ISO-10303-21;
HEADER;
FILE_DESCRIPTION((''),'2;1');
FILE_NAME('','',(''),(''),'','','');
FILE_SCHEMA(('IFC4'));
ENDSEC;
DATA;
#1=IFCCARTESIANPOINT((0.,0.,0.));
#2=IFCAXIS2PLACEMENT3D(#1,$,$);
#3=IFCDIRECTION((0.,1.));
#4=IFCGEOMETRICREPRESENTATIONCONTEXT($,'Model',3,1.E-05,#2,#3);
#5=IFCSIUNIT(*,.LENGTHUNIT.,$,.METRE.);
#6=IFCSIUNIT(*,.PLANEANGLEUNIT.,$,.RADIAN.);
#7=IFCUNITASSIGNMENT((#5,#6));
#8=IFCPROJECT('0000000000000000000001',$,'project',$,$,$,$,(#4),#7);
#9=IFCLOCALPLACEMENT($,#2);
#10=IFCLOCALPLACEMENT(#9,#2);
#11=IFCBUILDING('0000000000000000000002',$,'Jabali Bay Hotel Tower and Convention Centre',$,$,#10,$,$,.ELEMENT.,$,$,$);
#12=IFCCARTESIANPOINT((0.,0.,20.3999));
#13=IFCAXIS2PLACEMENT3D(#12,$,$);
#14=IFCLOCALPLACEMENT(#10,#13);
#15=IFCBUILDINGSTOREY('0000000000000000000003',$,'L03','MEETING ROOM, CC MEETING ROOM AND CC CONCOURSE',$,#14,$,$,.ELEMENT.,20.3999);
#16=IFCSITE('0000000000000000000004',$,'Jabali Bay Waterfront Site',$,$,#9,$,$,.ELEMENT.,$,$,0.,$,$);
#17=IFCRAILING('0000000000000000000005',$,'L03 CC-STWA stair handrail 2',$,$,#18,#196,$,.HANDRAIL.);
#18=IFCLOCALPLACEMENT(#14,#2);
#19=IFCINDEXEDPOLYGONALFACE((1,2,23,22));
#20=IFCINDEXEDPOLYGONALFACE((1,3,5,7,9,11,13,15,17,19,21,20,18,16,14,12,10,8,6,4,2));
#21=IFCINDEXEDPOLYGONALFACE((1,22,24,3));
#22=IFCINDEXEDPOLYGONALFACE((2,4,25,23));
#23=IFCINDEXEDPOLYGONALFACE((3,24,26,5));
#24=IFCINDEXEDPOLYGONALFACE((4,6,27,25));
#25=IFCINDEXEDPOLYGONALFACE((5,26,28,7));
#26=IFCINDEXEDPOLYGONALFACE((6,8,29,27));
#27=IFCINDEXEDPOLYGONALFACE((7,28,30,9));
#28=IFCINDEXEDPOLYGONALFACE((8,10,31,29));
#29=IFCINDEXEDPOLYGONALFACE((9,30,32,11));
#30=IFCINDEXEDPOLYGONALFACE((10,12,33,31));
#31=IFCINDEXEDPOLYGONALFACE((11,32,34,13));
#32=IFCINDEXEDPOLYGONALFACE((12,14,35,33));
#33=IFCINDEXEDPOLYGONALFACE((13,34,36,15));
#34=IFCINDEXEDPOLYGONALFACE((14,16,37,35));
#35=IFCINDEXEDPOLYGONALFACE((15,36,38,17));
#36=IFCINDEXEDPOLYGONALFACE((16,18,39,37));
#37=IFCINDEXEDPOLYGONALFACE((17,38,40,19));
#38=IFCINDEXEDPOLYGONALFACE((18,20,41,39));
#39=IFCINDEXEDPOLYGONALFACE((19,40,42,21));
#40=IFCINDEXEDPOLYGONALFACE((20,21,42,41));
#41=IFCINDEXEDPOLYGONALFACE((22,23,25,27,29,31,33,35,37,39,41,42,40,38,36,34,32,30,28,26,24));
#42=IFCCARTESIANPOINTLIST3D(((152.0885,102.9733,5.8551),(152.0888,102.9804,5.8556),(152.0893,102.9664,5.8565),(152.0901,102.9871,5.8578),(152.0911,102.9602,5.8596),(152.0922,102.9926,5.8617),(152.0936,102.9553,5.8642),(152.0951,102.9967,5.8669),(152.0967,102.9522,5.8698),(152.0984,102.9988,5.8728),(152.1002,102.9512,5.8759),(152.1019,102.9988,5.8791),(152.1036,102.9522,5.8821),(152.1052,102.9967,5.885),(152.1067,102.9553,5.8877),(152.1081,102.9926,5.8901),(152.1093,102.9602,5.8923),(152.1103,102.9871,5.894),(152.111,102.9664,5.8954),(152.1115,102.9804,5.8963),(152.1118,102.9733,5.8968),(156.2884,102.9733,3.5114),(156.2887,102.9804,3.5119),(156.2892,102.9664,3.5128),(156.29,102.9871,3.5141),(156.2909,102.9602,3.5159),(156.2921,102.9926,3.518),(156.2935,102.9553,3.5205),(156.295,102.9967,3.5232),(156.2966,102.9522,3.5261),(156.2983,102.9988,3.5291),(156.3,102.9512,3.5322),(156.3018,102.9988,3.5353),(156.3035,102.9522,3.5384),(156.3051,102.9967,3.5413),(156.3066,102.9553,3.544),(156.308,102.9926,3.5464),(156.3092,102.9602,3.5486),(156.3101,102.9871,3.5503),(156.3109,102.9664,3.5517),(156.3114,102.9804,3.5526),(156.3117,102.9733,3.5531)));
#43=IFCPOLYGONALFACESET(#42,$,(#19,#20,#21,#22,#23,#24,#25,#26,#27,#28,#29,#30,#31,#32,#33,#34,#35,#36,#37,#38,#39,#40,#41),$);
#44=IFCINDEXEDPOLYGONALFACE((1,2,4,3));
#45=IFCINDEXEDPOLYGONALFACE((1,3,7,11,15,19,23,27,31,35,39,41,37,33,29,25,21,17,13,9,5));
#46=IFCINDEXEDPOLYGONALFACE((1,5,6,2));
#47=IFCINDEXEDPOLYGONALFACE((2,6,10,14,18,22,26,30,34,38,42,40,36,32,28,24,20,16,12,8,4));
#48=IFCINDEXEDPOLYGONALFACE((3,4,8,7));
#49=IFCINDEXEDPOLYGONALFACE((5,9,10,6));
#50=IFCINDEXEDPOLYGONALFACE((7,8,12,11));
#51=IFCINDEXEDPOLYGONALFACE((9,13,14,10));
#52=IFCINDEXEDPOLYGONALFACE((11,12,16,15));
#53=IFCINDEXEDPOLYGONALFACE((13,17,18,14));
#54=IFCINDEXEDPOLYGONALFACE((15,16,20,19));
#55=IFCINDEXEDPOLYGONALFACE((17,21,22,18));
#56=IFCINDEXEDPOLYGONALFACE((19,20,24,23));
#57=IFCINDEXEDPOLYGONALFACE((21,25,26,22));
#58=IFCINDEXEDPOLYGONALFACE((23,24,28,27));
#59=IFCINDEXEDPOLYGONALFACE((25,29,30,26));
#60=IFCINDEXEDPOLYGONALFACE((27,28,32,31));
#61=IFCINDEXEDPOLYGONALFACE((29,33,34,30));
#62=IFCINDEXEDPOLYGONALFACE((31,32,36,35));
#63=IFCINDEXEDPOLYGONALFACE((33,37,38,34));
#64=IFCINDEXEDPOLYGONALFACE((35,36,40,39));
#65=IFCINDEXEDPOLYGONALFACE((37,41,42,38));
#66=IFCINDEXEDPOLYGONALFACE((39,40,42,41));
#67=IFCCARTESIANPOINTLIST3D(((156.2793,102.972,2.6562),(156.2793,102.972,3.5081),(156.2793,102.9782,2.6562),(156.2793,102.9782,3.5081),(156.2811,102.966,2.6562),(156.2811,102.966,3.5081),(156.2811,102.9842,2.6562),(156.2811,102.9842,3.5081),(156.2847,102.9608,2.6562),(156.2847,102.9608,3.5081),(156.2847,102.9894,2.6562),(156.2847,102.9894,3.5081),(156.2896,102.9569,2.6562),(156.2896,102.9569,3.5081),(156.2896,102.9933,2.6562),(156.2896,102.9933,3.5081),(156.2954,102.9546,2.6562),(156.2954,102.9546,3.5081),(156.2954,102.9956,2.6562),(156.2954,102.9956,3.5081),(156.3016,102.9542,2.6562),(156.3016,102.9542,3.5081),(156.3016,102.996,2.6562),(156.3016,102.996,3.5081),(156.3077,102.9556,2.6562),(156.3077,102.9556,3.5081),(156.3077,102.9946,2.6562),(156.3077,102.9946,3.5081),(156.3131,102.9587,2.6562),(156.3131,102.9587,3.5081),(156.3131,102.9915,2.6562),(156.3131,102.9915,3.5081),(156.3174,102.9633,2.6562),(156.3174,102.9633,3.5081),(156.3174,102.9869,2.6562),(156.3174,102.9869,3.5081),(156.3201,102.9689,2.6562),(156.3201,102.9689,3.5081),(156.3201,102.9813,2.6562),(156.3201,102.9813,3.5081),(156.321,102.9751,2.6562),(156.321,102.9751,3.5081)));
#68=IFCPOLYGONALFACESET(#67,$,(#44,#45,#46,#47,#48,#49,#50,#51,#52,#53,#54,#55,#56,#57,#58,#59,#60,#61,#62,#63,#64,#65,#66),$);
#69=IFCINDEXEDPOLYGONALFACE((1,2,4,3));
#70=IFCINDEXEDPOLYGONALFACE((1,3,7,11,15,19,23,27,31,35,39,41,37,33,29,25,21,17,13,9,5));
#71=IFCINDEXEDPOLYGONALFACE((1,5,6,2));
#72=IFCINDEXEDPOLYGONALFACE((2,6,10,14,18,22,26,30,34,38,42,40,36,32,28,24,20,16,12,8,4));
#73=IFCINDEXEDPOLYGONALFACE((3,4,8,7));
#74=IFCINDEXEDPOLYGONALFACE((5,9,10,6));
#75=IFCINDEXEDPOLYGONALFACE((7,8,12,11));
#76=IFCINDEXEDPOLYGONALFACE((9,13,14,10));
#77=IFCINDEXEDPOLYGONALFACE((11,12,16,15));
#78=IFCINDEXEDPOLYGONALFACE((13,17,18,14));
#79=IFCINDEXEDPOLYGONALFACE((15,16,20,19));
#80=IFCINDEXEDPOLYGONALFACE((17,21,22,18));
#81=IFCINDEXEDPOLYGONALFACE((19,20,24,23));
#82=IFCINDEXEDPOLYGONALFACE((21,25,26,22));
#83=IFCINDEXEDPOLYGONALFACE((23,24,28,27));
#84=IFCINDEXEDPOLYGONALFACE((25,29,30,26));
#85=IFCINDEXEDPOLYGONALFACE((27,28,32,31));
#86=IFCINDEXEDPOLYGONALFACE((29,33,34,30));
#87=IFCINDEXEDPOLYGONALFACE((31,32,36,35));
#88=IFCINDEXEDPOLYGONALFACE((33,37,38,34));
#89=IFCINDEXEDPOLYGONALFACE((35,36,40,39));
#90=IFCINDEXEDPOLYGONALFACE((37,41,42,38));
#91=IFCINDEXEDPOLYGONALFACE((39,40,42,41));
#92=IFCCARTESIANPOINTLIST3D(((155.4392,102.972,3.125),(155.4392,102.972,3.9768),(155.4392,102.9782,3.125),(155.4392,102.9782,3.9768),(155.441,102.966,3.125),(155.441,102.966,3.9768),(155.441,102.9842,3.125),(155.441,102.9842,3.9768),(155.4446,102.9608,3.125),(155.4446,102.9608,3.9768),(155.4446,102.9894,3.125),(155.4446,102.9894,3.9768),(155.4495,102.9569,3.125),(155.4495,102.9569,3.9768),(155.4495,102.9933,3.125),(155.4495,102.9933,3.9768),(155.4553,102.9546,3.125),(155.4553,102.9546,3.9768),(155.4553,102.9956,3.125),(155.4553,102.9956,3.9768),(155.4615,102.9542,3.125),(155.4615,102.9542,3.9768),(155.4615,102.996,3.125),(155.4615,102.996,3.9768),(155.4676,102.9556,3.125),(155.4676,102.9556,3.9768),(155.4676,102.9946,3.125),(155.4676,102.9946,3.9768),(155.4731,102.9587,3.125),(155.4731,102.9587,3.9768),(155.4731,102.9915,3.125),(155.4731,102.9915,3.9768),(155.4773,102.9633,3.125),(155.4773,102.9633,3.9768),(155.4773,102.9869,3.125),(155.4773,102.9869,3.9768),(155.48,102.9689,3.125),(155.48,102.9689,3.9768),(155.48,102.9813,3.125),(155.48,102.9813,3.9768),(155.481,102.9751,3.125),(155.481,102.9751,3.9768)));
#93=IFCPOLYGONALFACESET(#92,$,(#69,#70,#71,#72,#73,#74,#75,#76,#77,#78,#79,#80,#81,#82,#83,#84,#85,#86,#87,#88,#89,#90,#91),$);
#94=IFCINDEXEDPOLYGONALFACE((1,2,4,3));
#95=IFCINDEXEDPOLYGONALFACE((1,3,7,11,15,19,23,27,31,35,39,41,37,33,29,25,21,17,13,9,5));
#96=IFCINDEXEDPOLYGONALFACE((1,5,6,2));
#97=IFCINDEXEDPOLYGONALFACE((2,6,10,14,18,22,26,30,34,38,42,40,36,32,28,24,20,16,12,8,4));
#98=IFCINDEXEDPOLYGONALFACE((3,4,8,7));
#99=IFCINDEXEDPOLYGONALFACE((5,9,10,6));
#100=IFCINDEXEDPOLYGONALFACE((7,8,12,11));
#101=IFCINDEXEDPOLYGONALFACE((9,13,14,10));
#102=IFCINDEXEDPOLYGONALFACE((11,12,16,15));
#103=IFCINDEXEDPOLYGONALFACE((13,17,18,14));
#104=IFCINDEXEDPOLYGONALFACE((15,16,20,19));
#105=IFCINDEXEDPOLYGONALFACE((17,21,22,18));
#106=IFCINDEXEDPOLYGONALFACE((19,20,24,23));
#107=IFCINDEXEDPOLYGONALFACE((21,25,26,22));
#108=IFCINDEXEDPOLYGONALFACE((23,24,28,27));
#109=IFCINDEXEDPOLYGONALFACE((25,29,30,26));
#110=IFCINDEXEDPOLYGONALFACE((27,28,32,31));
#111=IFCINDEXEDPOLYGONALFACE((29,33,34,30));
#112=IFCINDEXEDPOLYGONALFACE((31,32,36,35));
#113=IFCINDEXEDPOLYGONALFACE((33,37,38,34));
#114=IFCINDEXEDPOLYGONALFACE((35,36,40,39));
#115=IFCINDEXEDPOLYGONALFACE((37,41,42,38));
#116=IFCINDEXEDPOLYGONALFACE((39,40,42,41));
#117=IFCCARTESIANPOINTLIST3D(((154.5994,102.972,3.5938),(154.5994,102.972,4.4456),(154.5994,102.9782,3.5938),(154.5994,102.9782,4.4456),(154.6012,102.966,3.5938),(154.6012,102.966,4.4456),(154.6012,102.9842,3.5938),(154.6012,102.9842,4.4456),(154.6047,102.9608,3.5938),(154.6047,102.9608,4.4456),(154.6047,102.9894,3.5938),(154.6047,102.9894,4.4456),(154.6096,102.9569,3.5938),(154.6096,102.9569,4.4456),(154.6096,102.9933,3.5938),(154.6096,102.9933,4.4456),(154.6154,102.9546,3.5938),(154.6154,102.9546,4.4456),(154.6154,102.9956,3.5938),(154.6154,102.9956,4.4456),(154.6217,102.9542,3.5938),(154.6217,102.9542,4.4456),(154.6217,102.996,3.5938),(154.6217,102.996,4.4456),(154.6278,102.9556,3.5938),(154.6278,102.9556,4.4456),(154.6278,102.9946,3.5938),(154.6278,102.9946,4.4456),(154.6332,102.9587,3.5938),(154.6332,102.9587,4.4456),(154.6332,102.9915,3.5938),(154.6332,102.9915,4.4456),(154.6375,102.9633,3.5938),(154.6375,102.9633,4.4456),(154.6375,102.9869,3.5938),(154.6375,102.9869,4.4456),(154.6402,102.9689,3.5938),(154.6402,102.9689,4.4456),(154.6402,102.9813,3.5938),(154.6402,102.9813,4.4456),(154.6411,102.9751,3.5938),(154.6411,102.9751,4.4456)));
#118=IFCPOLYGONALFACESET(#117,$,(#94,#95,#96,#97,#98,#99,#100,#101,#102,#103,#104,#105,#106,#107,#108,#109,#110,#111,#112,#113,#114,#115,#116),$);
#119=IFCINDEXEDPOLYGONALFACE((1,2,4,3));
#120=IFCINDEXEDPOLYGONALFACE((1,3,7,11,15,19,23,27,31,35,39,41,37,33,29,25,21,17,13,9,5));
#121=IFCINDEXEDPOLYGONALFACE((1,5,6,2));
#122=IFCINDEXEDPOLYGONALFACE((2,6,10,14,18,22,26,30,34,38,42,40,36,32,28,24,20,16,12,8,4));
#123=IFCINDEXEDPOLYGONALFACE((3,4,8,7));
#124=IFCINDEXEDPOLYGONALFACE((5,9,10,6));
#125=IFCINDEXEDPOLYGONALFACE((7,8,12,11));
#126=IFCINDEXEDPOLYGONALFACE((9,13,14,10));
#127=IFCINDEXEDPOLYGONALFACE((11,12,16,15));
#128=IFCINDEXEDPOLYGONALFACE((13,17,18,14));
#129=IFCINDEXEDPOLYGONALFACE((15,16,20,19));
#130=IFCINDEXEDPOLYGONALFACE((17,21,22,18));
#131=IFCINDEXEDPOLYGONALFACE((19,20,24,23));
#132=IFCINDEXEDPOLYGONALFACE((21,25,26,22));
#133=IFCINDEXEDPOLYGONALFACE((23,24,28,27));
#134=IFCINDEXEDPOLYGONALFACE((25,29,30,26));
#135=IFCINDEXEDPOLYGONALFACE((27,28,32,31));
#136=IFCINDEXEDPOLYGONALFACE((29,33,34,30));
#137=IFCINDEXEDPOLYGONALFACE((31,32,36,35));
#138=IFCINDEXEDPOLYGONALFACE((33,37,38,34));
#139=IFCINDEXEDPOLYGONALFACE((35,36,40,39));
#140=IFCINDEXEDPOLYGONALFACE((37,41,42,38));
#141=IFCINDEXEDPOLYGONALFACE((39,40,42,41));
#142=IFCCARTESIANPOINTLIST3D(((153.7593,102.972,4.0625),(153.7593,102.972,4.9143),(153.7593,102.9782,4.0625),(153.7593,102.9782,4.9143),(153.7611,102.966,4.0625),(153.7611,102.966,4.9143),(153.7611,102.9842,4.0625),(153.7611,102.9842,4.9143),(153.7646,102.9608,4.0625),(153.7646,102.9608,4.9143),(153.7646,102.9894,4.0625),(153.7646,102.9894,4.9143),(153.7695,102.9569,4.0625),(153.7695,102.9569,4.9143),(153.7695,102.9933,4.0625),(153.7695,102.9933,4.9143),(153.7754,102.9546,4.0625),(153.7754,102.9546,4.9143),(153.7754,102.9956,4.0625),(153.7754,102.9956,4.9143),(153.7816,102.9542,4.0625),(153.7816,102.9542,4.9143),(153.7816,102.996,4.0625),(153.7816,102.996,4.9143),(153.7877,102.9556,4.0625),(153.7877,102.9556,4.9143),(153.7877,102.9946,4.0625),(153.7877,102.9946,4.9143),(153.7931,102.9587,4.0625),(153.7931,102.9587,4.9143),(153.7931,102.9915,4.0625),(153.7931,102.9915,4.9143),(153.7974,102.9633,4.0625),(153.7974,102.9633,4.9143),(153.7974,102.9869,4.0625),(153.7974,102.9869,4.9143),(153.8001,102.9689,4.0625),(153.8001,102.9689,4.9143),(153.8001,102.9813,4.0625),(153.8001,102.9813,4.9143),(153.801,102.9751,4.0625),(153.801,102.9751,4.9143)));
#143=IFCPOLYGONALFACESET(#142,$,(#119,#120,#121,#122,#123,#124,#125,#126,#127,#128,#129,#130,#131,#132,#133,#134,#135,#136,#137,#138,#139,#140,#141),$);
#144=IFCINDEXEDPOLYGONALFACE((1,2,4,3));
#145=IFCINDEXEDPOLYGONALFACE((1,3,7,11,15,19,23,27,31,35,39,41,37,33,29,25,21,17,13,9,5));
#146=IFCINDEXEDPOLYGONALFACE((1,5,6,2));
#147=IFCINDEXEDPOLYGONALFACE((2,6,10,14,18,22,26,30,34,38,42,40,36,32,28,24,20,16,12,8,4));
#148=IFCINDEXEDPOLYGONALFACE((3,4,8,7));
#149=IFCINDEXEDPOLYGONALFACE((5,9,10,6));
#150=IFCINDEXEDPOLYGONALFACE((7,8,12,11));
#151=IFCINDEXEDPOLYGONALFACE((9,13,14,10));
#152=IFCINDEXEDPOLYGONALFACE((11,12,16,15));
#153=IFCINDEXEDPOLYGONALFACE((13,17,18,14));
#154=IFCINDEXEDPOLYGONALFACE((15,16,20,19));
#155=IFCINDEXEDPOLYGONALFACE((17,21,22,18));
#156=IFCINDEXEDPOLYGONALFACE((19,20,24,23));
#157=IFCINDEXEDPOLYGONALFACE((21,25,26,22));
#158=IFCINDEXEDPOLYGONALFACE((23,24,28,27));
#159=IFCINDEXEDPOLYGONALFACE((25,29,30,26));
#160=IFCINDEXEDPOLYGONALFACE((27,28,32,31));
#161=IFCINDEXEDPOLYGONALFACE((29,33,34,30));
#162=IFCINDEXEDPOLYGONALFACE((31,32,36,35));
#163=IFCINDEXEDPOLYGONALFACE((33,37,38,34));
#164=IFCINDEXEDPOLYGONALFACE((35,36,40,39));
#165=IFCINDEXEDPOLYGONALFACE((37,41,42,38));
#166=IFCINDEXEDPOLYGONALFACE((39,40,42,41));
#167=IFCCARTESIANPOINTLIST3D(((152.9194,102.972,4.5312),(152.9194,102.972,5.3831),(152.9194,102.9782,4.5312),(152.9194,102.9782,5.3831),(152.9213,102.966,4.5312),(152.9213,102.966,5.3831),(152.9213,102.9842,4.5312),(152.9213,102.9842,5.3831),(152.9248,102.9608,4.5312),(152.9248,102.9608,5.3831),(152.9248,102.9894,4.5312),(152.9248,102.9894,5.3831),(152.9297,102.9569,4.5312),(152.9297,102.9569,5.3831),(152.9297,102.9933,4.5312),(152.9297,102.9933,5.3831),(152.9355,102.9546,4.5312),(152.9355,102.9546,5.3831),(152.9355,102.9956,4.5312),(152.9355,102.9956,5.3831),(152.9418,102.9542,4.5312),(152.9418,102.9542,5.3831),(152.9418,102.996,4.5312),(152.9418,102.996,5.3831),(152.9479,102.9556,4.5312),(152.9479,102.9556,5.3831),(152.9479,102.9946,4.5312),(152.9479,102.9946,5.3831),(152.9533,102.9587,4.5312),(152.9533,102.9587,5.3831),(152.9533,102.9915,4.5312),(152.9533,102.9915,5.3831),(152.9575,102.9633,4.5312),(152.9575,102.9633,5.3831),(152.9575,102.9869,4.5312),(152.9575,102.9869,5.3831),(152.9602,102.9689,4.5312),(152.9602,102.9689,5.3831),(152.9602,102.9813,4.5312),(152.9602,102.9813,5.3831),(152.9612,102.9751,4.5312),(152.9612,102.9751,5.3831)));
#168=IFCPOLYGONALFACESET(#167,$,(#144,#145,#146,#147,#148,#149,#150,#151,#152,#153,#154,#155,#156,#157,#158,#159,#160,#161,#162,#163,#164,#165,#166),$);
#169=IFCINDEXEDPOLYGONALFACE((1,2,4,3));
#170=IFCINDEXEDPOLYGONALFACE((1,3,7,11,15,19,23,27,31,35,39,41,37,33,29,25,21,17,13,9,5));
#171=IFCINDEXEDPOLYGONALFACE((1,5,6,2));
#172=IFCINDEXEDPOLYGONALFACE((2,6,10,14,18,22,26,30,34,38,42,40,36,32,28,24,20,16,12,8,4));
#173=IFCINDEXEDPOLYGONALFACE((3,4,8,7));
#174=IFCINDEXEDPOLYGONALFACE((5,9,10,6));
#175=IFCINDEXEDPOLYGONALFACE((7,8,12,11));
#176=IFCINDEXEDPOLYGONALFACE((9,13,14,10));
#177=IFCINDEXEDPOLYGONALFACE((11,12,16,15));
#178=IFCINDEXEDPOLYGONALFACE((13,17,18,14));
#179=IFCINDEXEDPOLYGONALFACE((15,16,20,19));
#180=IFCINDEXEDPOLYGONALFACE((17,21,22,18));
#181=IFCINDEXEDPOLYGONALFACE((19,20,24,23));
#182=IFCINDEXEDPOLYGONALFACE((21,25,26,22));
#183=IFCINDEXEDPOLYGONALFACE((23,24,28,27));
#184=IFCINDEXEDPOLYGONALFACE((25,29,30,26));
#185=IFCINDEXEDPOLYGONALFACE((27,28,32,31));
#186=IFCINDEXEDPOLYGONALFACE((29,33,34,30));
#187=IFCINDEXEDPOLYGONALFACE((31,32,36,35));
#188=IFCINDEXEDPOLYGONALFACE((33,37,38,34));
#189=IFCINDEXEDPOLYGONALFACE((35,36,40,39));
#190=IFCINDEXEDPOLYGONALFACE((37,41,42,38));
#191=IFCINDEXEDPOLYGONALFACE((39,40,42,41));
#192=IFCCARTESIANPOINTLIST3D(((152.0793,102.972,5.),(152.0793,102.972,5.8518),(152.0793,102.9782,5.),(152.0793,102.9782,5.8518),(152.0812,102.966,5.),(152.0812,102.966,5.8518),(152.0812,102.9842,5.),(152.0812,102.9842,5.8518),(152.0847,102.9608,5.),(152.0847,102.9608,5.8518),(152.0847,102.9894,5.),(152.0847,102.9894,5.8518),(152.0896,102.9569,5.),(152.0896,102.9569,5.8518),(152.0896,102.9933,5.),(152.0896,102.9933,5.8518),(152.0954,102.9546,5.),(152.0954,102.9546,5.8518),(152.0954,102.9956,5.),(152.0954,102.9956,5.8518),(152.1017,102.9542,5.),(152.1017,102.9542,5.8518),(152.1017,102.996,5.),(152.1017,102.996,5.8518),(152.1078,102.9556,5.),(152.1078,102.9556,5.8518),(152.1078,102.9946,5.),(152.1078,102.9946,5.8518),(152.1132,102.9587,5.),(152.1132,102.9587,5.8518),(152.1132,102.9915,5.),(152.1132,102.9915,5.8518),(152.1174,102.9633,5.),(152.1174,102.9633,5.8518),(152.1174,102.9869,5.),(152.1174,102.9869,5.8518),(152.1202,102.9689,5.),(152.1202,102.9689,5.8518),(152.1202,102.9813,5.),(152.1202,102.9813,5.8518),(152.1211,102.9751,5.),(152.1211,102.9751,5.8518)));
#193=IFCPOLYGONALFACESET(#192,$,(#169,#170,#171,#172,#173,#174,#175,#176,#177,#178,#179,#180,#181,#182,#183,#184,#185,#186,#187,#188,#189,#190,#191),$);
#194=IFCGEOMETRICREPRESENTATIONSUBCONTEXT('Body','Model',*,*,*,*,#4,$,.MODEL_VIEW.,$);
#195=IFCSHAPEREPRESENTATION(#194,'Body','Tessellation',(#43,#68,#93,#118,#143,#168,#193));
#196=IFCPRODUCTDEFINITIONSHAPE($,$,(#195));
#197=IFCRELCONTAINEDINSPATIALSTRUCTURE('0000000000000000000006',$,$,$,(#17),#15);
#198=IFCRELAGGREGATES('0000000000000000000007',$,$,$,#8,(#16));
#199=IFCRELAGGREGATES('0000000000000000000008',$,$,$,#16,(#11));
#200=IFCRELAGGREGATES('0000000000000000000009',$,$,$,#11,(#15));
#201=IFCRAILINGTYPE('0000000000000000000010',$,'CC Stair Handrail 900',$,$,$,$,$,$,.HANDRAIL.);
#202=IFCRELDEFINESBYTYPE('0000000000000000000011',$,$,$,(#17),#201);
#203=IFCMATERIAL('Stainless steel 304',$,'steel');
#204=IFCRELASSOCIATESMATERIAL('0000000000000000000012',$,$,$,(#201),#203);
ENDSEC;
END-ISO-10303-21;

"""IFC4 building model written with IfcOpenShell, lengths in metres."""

from ifc_helpers import new_model, si_unit, direction, frame, origin, origin_2d, place, context, subcontext, project, spatial, circle, extrude, material, type_object, element, save


model = new_model("IFC4")

# Units and contexts
model_context = context("Model", 3, precision=1e-05, world=origin(), true_north=direction((0.0, 1.0)))
body_context = subcontext(model_context, "Body", "Model", "MODEL_VIEW")
ifc_project = project(units=[si_unit("LENGTHUNIT", "METRE"), si_unit("PLANEANGLEUNIT", "RADIAN")], contexts=[model_context])

# Site, building, storey
site_placement = place(None, origin())
site = spatial("IfcSite", under=ifc_project, at=site_placement, Name="Jabali Bay Waterfront Site", CompositionType="ELEMENT", RefElevation=0.0)
building_placement = place(site_placement, origin())
building = spatial("IfcBuilding", under=site, at=building_placement, Name="Jabali Bay Hotel Tower and Convention Centre", CompositionType="ELEMENT")
storey_placement = place(building_placement, frame((0.0, 0.0, 20.3999)))
storey = spatial("IfcBuildingStorey", under=building, at=storey_placement, Name="L03", Description="MEETING ROOM, CC MEETING ROOM AND CC CONCOURSE", CompositionType="ELEMENT", Elevation=20.3999)

# Railing
ifc_material_1 = material(Name="Stainless steel 304", Category="steel")
railing_type_1 = type_object("IfcRailingType", Name="CC Stair Handrail 900", PredefinedType="HANDRAIL", material=ifc_material_1)
railing_1_placement = place(storey_placement, frame((156.3, 102.9751, 2.6562)))
element("IfcRailing", 1, at=railing_1_placement, inside=storey, type_object=railing_type_1, Name="L03 CC-STWA stair handrail 2", PredefinedType="HANDRAIL", context=body_context, shape_type="SweptSolid", body=[
    extrude(circle(Radius=0.0239, at=origin_2d()), frame((0.0, 0.0, 0.876), z_axis=(-0.873234, 0.0, 0.487301), x_axis=(0.0, -1.0, 0.0)), (0.0, 0.0, 1.0), 4.8096),
    extrude(circle(Radius=0.021, at=origin_2d()), origin(), (0.0, 0.0, 1.0), 0.8518),
    extrude(circle(Radius=0.021, at=origin_2d()), frame((-0.8401, 0.0, 0.4688)), (0.0, 0.0, 1.0), 0.8518),
    extrude(circle(Radius=0.021, at=origin_2d()), frame((-1.6799, 0.0, 0.9375)), (0.0, 0.0, 1.0), 0.8518),
    extrude(circle(Radius=0.021, at=origin_2d()), frame((-2.52, 0.0, 1.4062)), (0.0, 0.0, 1.0), 0.8518),
    extrude(circle(Radius=0.021, at=origin_2d()), frame((-3.3599, 0.0, 1.875)), (0.0, 0.0, 1.0), 0.8518),
    extrude(circle(Radius=0.021, at=origin_2d()), frame((-4.2, 0.0, 2.3438)), (0.0, 0.0, 1.0), 0.8518),
])

save(model, "model.ifc")
